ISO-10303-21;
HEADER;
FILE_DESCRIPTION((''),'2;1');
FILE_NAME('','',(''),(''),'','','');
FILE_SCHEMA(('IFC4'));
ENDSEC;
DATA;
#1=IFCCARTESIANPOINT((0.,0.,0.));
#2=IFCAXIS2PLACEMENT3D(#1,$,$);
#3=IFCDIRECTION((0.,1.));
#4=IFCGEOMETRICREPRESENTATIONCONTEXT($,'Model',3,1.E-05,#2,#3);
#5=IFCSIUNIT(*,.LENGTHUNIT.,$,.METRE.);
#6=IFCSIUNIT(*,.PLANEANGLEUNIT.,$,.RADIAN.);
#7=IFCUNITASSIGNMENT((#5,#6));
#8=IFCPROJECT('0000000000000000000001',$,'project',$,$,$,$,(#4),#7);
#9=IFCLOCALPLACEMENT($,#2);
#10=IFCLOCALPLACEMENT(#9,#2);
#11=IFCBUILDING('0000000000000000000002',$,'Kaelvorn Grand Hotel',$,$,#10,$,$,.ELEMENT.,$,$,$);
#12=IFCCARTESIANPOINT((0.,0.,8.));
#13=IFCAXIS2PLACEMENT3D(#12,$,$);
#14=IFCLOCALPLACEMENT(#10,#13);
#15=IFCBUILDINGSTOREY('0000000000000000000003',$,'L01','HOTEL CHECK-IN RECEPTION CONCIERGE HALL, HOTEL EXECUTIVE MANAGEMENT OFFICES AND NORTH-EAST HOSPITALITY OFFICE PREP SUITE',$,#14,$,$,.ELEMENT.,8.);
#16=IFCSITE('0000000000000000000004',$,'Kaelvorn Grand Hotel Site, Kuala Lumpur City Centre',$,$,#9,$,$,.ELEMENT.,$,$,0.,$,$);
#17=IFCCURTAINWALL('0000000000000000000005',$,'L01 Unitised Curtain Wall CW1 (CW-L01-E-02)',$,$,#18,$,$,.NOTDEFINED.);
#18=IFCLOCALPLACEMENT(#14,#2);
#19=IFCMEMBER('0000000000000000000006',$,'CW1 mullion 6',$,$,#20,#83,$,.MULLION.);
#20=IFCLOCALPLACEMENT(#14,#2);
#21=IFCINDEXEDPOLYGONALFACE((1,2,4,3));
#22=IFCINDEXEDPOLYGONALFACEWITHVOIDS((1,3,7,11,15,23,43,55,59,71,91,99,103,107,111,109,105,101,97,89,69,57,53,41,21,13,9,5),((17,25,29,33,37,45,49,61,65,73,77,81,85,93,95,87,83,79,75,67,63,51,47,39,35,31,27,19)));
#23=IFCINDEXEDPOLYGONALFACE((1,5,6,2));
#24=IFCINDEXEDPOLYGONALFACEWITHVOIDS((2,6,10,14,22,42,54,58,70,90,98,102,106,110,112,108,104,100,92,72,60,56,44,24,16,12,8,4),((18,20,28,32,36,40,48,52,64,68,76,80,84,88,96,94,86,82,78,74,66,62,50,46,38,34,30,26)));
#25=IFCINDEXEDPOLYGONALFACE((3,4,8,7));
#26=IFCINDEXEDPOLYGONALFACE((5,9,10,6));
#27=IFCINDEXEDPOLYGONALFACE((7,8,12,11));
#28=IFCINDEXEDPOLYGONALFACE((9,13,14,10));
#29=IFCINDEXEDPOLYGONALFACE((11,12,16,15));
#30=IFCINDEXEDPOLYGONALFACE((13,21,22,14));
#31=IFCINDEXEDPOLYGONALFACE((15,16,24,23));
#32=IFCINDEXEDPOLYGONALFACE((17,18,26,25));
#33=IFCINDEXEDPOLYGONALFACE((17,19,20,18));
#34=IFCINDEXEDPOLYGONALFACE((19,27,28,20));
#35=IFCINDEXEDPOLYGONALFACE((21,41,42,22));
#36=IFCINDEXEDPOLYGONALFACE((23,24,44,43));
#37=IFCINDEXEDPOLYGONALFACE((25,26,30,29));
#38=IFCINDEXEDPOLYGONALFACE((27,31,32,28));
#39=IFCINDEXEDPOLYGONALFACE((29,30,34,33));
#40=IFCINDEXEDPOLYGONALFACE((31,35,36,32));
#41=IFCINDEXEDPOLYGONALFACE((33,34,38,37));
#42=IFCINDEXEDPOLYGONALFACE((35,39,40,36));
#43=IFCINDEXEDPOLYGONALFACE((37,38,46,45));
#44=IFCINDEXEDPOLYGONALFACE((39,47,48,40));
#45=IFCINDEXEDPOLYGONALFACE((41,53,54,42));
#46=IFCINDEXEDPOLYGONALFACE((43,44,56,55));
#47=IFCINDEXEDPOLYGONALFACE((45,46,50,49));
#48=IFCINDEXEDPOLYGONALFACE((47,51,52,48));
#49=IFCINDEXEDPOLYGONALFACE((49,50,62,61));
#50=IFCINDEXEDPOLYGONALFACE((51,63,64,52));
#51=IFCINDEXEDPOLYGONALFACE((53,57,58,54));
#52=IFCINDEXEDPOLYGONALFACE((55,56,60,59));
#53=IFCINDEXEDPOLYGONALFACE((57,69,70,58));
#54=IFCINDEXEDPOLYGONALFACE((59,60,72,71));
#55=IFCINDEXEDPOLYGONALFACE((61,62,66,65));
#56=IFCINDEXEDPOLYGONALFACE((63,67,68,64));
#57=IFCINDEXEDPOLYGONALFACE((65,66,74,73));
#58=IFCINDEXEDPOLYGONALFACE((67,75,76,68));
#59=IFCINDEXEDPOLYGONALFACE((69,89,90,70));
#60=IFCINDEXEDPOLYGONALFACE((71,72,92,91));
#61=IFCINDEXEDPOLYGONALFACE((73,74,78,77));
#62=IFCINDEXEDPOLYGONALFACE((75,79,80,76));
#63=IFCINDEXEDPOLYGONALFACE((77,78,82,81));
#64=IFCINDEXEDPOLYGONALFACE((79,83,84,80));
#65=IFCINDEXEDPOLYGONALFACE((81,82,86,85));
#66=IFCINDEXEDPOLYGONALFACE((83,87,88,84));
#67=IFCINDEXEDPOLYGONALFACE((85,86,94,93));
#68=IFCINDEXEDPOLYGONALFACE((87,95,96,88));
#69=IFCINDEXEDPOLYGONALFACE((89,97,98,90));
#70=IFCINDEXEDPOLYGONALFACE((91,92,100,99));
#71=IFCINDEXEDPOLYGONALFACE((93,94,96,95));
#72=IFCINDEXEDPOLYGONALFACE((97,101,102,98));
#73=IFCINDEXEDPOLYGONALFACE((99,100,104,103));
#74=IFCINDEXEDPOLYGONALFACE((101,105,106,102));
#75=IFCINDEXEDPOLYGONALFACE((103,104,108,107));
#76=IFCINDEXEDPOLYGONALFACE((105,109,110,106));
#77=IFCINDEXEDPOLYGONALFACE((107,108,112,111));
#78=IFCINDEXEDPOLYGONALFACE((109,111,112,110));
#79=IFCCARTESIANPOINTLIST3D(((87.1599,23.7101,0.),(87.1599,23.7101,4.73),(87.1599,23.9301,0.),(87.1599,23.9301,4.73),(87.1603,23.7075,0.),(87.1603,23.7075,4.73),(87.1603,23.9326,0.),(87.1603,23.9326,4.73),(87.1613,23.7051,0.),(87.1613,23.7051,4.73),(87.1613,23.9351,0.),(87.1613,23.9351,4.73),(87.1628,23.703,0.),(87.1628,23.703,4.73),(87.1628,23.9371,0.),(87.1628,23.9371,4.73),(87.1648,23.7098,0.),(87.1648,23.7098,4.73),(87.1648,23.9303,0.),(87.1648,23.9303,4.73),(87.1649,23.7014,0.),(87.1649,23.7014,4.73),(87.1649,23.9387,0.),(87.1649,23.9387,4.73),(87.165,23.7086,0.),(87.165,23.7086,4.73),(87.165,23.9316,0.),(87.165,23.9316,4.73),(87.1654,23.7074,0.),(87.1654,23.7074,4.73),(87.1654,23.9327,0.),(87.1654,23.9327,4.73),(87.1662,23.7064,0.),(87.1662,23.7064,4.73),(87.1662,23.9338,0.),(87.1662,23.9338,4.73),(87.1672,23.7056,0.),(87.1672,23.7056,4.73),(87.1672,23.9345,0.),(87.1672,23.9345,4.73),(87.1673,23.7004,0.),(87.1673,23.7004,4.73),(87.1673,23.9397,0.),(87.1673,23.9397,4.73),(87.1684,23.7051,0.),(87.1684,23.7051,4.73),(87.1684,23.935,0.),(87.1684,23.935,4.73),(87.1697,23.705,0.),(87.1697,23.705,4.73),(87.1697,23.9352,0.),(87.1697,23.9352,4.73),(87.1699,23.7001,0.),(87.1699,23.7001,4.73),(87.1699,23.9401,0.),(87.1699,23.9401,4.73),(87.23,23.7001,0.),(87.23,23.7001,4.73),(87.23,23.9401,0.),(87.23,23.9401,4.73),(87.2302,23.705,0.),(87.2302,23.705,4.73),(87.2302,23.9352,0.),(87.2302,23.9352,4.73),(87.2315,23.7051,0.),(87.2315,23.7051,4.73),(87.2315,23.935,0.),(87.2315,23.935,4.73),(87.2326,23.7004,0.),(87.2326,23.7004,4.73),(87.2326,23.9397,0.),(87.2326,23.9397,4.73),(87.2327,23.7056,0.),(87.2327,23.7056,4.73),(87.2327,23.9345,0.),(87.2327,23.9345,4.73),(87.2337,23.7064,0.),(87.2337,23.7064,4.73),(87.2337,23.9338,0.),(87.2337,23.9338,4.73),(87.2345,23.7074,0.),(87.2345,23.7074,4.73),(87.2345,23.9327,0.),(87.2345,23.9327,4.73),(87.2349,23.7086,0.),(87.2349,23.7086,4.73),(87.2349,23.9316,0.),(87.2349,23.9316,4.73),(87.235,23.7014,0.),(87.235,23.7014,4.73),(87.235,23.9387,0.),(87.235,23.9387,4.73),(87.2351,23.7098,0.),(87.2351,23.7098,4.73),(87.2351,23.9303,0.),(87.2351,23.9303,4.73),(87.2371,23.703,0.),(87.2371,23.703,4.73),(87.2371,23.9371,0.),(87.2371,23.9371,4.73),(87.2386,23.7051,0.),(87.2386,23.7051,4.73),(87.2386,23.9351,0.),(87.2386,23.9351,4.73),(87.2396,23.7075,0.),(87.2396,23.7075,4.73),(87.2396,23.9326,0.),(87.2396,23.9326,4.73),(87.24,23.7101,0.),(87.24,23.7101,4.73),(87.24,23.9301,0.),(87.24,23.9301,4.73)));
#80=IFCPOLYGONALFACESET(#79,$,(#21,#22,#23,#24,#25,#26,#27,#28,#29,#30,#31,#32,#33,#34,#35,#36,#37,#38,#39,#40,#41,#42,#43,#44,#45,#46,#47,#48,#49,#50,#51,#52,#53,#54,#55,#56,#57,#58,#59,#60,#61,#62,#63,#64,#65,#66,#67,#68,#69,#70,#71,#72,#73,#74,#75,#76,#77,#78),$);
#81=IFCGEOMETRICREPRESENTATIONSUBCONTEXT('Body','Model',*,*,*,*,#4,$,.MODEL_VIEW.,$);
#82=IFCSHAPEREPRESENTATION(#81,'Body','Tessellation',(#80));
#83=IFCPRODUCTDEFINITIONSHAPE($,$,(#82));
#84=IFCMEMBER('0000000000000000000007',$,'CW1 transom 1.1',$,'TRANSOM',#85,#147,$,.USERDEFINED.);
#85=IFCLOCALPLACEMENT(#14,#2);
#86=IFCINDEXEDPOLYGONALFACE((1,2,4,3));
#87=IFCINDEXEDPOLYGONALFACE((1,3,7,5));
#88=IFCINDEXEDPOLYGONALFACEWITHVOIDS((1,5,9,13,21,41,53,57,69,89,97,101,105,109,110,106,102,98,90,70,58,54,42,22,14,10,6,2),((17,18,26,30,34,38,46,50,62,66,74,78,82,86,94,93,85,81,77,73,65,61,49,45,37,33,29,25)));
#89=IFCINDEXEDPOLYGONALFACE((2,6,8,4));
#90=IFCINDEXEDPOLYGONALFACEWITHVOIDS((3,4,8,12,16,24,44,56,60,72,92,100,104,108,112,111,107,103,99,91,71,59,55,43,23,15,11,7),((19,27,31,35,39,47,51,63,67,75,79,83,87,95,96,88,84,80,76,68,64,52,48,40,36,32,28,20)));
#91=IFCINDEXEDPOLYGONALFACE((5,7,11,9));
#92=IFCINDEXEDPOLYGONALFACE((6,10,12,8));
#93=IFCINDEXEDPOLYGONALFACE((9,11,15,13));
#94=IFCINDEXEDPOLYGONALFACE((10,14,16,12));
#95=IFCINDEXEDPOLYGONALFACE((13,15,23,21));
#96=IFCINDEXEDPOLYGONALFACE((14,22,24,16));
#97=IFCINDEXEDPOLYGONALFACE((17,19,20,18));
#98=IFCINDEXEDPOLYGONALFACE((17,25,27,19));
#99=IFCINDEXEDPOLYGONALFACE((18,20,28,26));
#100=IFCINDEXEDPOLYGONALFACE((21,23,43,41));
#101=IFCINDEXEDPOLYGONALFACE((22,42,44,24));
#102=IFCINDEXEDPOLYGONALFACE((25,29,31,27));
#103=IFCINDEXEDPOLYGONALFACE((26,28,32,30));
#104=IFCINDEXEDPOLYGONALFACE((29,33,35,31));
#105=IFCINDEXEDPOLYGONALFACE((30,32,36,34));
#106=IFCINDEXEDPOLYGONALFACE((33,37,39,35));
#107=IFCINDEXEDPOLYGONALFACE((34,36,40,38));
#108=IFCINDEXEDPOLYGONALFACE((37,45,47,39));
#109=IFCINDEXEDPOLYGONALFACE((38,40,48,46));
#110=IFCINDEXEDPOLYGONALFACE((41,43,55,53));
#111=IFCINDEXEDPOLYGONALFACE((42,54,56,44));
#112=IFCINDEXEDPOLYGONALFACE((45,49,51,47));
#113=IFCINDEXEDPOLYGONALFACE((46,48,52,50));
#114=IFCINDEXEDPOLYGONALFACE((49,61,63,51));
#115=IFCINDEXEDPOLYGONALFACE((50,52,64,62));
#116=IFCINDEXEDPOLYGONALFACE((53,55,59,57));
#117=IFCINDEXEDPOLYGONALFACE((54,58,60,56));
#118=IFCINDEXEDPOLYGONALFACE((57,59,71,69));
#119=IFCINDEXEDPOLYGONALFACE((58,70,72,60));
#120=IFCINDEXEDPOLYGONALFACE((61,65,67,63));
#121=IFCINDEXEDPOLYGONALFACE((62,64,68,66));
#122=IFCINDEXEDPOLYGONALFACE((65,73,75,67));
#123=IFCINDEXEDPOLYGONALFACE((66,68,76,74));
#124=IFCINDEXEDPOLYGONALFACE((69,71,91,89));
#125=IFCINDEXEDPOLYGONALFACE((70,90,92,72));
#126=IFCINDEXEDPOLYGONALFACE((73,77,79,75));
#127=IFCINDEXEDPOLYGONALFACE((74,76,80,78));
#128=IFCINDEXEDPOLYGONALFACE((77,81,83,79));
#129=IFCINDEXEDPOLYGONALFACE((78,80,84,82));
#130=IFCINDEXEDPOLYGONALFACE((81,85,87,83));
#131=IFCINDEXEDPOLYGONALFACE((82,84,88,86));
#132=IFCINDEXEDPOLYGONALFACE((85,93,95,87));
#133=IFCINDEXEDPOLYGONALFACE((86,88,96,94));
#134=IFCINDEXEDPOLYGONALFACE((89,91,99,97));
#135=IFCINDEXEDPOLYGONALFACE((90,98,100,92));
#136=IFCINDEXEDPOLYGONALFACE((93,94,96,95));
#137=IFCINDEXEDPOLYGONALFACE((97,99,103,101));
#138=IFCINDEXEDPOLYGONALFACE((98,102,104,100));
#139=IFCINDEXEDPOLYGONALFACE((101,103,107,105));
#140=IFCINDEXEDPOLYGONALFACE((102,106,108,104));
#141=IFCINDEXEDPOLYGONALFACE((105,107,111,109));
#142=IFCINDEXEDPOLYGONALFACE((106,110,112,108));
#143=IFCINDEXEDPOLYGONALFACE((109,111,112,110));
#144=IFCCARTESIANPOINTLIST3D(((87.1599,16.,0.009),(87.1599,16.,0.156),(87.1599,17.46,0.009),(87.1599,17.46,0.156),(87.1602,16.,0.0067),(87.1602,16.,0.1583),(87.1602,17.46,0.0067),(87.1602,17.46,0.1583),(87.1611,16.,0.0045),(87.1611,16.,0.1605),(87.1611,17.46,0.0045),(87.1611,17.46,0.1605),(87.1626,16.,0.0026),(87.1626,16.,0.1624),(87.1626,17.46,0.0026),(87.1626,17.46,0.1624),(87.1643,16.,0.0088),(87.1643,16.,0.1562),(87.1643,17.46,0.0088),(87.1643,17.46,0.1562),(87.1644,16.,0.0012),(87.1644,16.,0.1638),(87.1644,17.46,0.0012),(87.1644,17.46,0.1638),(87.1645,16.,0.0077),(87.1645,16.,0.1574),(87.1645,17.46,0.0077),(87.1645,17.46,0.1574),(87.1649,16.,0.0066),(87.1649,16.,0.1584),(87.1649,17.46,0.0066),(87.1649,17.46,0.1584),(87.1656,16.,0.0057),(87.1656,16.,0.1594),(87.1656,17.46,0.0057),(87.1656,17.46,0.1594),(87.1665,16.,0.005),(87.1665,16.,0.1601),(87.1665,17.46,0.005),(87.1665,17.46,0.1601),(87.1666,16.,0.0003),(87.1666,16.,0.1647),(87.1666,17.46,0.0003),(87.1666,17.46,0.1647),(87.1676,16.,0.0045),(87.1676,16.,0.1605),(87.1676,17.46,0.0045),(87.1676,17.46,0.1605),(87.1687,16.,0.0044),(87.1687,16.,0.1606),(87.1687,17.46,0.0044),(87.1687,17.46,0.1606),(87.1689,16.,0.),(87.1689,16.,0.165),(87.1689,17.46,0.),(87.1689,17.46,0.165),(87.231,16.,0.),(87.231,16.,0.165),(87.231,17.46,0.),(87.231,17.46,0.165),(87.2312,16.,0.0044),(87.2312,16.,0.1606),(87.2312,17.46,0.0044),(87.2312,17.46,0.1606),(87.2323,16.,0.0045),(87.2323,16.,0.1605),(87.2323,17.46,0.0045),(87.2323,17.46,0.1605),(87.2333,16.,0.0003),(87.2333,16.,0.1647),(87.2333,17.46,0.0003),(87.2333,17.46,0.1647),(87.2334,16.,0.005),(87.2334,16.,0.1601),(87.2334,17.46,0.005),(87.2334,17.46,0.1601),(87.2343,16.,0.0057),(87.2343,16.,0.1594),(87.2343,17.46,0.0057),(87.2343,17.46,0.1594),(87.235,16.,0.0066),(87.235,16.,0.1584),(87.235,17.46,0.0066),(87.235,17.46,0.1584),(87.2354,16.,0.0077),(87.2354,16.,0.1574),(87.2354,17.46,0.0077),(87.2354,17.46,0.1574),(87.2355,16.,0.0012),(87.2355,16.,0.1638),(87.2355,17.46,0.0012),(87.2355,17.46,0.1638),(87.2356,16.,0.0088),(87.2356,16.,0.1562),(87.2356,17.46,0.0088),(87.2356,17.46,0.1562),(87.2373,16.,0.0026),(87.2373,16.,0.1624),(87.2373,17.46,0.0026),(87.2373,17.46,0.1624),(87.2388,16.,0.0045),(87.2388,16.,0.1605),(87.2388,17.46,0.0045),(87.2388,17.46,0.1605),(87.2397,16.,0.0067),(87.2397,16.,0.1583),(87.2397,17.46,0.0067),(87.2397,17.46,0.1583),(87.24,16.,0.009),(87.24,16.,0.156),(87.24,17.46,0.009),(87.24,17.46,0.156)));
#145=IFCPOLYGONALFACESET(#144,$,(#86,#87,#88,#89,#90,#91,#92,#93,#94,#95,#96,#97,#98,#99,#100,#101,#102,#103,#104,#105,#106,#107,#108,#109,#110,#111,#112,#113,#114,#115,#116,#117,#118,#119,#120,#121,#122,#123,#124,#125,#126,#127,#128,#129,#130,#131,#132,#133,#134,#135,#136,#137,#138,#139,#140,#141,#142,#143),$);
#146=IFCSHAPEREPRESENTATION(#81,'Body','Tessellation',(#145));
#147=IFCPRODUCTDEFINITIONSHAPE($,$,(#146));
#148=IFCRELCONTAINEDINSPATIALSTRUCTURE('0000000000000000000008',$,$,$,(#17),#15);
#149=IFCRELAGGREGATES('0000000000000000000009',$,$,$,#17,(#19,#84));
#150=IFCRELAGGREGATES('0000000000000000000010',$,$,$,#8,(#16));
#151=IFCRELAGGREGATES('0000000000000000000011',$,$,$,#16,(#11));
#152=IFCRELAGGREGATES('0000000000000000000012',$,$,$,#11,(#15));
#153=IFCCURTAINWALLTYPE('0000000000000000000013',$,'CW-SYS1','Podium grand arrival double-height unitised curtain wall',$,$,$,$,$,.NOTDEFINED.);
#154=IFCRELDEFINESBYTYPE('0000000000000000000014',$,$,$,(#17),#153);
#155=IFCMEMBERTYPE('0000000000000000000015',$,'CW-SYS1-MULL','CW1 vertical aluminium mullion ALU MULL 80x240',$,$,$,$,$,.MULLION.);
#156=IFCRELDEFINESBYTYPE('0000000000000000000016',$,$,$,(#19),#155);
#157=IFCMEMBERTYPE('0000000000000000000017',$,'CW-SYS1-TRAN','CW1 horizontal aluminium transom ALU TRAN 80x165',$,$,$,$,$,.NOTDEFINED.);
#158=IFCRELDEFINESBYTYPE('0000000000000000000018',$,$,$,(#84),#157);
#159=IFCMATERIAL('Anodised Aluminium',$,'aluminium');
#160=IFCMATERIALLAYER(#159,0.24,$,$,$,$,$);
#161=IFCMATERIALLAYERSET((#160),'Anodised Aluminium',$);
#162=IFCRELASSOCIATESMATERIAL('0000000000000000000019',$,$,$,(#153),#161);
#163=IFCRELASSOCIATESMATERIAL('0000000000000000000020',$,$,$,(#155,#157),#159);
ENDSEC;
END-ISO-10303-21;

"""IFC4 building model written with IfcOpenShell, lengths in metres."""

from ifc_helpers import new_model, si_unit, direction, frame, origin, origin_2d, place, context, subcontext, project, spatial, hollow_rectangle, extrude, material, layer, layer_set, material_profile, profile_set, type_object, element, aggregate, save


model = new_model("IFC4")

# Units and contexts
model_context = context("Model", 3, precision=1e-05, world=origin(), true_north=direction((0.0, 1.0)))
body_context = subcontext(model_context, "Body", "Model", "MODEL_VIEW")
ifc_project = project(units=[si_unit("LENGTHUNIT", "METRE"), si_unit("PLANEANGLEUNIT", "RADIAN")], contexts=[model_context])

# Site, building, storey
site_placement = place(None, origin())
site = spatial("IfcSite", under=ifc_project, at=site_placement, Name="Kaelvorn Grand Hotel Site, Kuala Lumpur City Centre", CompositionType="ELEMENT", RefElevation=0.0)
building_placement = place(site_placement, origin())
building = spatial("IfcBuilding", under=site, at=building_placement, Name="Kaelvorn Grand Hotel", CompositionType="ELEMENT")
storey_placement = place(building_placement, frame((0.0, 0.0, 8.0)))
storey = spatial("IfcBuildingStorey", under=building, at=storey_placement, Name="L01", Description="HOTEL CHECK-IN RECEPTION CONCIERGE HALL, HOTEL EXECUTIVE MANAGEMENT OFFICES AND NORTH-EAST HOSPITALITY OFFICE PREP SUITE", CompositionType="ELEMENT", Elevation=8.0)

# Curtain wall, members
ifc_material_1 = material(Name="Anodised Aluminium", Category="aluminium")
ifc_layer_1 = layer(ifc_material_1, 0.24)
ifc_layer_set_1 = layer_set([ifc_layer_1], Name="Anodised Aluminium")
curtain_wall_type = type_object("IfcCurtainWallType", Name="CW-SYS1", Description="Podium grand arrival double-height unitised curtain wall", PredefinedType="NOTDEFINED", material=ifc_layer_set_1)
curtain_wall_placement = place(storey_placement, origin())
curtain_wall = element("IfcCurtainWall", 1, at=curtain_wall_placement, inside=storey, type_object=curtain_wall_type, Name="L01 Unitised Curtain Wall CW1 (CW-L01-E-02)", PredefinedType="NOTDEFINED")
ifc_material_profile_1 = material_profile(ifc_material_1, hollow_rectangle(XDim=0.0801, YDim=0.24, WallThickness=0.0049, InnerFilletRadius=0.0049, OuterFilletRadius=0.01, at=origin_2d()), Name="ALU MULL 80x240")
ifc_profile_set_1 = profile_set([ifc_material_profile_1], Name="Anodised Aluminium")
member_type_1 = type_object("IfcMemberType", Name="CW-SYS1-MULL", Description="CW1 vertical aluminium mullion ALU MULL 80x240", PredefinedType="MULLION", material=ifc_profile_set_1)
member_1_placement = place(storey_placement, frame((87.2, 23.8201, 0.0), z_axis=(0.0, 0.0, 1.0), x_axis=(-1.0, 0.0, 0.0)))
member_1 = element("IfcMember", 2, at=member_1_placement, type_object=member_type_1, Name="CW1 mullion 6", PredefinedType="MULLION", context=body_context, shape_type="SweptSolid", body=[
    extrude(hollow_rectangle(XDim=0.0801, YDim=0.24, WallThickness=0.0049, InnerFilletRadius=0.0049, OuterFilletRadius=0.01, at=origin_2d()), origin(), (0.0, 0.0, 1.0), 4.73),
])
ifc_material_profile_2 = material_profile(ifc_material_1, hollow_rectangle(XDim=0.0801, YDim=0.165, WallThickness=0.0044, InnerFilletRadius=0.0044, OuterFilletRadius=0.009, at=origin_2d()), Name="ALU TRAN 80x165")
ifc_profile_set_2 = profile_set([ifc_material_profile_2], Name="Anodised Aluminium")
member_type_2 = type_object("IfcMemberType", Name="CW-SYS1-TRAN", Description="CW1 horizontal aluminium transom ALU TRAN 80x165", PredefinedType="NOTDEFINED", material=ifc_profile_set_2)
member_2_placement = place(storey_placement, frame((87.2, 16.0, 0.0825), z_axis=(0.0, 1.0, 0.0), x_axis=(-1.0, 0.0, 0.0)))
member_2 = element("IfcMember", 3, at=member_2_placement, type_object=member_type_2, Name="CW1 transom 1.1", ObjectType="TRANSOM", PredefinedType="USERDEFINED", context=body_context, shape_type="SweptSolid", body=[
    extrude(hollow_rectangle(XDim=0.0801, YDim=0.165, WallThickness=0.0044, InnerFilletRadius=0.0044, OuterFilletRadius=0.009, at=origin_2d()), origin(), (0.0, 0.0, 1.0), 1.46),
])
aggregate(curtain_wall, [member_1, member_2])

save(model, "model.ifc")
